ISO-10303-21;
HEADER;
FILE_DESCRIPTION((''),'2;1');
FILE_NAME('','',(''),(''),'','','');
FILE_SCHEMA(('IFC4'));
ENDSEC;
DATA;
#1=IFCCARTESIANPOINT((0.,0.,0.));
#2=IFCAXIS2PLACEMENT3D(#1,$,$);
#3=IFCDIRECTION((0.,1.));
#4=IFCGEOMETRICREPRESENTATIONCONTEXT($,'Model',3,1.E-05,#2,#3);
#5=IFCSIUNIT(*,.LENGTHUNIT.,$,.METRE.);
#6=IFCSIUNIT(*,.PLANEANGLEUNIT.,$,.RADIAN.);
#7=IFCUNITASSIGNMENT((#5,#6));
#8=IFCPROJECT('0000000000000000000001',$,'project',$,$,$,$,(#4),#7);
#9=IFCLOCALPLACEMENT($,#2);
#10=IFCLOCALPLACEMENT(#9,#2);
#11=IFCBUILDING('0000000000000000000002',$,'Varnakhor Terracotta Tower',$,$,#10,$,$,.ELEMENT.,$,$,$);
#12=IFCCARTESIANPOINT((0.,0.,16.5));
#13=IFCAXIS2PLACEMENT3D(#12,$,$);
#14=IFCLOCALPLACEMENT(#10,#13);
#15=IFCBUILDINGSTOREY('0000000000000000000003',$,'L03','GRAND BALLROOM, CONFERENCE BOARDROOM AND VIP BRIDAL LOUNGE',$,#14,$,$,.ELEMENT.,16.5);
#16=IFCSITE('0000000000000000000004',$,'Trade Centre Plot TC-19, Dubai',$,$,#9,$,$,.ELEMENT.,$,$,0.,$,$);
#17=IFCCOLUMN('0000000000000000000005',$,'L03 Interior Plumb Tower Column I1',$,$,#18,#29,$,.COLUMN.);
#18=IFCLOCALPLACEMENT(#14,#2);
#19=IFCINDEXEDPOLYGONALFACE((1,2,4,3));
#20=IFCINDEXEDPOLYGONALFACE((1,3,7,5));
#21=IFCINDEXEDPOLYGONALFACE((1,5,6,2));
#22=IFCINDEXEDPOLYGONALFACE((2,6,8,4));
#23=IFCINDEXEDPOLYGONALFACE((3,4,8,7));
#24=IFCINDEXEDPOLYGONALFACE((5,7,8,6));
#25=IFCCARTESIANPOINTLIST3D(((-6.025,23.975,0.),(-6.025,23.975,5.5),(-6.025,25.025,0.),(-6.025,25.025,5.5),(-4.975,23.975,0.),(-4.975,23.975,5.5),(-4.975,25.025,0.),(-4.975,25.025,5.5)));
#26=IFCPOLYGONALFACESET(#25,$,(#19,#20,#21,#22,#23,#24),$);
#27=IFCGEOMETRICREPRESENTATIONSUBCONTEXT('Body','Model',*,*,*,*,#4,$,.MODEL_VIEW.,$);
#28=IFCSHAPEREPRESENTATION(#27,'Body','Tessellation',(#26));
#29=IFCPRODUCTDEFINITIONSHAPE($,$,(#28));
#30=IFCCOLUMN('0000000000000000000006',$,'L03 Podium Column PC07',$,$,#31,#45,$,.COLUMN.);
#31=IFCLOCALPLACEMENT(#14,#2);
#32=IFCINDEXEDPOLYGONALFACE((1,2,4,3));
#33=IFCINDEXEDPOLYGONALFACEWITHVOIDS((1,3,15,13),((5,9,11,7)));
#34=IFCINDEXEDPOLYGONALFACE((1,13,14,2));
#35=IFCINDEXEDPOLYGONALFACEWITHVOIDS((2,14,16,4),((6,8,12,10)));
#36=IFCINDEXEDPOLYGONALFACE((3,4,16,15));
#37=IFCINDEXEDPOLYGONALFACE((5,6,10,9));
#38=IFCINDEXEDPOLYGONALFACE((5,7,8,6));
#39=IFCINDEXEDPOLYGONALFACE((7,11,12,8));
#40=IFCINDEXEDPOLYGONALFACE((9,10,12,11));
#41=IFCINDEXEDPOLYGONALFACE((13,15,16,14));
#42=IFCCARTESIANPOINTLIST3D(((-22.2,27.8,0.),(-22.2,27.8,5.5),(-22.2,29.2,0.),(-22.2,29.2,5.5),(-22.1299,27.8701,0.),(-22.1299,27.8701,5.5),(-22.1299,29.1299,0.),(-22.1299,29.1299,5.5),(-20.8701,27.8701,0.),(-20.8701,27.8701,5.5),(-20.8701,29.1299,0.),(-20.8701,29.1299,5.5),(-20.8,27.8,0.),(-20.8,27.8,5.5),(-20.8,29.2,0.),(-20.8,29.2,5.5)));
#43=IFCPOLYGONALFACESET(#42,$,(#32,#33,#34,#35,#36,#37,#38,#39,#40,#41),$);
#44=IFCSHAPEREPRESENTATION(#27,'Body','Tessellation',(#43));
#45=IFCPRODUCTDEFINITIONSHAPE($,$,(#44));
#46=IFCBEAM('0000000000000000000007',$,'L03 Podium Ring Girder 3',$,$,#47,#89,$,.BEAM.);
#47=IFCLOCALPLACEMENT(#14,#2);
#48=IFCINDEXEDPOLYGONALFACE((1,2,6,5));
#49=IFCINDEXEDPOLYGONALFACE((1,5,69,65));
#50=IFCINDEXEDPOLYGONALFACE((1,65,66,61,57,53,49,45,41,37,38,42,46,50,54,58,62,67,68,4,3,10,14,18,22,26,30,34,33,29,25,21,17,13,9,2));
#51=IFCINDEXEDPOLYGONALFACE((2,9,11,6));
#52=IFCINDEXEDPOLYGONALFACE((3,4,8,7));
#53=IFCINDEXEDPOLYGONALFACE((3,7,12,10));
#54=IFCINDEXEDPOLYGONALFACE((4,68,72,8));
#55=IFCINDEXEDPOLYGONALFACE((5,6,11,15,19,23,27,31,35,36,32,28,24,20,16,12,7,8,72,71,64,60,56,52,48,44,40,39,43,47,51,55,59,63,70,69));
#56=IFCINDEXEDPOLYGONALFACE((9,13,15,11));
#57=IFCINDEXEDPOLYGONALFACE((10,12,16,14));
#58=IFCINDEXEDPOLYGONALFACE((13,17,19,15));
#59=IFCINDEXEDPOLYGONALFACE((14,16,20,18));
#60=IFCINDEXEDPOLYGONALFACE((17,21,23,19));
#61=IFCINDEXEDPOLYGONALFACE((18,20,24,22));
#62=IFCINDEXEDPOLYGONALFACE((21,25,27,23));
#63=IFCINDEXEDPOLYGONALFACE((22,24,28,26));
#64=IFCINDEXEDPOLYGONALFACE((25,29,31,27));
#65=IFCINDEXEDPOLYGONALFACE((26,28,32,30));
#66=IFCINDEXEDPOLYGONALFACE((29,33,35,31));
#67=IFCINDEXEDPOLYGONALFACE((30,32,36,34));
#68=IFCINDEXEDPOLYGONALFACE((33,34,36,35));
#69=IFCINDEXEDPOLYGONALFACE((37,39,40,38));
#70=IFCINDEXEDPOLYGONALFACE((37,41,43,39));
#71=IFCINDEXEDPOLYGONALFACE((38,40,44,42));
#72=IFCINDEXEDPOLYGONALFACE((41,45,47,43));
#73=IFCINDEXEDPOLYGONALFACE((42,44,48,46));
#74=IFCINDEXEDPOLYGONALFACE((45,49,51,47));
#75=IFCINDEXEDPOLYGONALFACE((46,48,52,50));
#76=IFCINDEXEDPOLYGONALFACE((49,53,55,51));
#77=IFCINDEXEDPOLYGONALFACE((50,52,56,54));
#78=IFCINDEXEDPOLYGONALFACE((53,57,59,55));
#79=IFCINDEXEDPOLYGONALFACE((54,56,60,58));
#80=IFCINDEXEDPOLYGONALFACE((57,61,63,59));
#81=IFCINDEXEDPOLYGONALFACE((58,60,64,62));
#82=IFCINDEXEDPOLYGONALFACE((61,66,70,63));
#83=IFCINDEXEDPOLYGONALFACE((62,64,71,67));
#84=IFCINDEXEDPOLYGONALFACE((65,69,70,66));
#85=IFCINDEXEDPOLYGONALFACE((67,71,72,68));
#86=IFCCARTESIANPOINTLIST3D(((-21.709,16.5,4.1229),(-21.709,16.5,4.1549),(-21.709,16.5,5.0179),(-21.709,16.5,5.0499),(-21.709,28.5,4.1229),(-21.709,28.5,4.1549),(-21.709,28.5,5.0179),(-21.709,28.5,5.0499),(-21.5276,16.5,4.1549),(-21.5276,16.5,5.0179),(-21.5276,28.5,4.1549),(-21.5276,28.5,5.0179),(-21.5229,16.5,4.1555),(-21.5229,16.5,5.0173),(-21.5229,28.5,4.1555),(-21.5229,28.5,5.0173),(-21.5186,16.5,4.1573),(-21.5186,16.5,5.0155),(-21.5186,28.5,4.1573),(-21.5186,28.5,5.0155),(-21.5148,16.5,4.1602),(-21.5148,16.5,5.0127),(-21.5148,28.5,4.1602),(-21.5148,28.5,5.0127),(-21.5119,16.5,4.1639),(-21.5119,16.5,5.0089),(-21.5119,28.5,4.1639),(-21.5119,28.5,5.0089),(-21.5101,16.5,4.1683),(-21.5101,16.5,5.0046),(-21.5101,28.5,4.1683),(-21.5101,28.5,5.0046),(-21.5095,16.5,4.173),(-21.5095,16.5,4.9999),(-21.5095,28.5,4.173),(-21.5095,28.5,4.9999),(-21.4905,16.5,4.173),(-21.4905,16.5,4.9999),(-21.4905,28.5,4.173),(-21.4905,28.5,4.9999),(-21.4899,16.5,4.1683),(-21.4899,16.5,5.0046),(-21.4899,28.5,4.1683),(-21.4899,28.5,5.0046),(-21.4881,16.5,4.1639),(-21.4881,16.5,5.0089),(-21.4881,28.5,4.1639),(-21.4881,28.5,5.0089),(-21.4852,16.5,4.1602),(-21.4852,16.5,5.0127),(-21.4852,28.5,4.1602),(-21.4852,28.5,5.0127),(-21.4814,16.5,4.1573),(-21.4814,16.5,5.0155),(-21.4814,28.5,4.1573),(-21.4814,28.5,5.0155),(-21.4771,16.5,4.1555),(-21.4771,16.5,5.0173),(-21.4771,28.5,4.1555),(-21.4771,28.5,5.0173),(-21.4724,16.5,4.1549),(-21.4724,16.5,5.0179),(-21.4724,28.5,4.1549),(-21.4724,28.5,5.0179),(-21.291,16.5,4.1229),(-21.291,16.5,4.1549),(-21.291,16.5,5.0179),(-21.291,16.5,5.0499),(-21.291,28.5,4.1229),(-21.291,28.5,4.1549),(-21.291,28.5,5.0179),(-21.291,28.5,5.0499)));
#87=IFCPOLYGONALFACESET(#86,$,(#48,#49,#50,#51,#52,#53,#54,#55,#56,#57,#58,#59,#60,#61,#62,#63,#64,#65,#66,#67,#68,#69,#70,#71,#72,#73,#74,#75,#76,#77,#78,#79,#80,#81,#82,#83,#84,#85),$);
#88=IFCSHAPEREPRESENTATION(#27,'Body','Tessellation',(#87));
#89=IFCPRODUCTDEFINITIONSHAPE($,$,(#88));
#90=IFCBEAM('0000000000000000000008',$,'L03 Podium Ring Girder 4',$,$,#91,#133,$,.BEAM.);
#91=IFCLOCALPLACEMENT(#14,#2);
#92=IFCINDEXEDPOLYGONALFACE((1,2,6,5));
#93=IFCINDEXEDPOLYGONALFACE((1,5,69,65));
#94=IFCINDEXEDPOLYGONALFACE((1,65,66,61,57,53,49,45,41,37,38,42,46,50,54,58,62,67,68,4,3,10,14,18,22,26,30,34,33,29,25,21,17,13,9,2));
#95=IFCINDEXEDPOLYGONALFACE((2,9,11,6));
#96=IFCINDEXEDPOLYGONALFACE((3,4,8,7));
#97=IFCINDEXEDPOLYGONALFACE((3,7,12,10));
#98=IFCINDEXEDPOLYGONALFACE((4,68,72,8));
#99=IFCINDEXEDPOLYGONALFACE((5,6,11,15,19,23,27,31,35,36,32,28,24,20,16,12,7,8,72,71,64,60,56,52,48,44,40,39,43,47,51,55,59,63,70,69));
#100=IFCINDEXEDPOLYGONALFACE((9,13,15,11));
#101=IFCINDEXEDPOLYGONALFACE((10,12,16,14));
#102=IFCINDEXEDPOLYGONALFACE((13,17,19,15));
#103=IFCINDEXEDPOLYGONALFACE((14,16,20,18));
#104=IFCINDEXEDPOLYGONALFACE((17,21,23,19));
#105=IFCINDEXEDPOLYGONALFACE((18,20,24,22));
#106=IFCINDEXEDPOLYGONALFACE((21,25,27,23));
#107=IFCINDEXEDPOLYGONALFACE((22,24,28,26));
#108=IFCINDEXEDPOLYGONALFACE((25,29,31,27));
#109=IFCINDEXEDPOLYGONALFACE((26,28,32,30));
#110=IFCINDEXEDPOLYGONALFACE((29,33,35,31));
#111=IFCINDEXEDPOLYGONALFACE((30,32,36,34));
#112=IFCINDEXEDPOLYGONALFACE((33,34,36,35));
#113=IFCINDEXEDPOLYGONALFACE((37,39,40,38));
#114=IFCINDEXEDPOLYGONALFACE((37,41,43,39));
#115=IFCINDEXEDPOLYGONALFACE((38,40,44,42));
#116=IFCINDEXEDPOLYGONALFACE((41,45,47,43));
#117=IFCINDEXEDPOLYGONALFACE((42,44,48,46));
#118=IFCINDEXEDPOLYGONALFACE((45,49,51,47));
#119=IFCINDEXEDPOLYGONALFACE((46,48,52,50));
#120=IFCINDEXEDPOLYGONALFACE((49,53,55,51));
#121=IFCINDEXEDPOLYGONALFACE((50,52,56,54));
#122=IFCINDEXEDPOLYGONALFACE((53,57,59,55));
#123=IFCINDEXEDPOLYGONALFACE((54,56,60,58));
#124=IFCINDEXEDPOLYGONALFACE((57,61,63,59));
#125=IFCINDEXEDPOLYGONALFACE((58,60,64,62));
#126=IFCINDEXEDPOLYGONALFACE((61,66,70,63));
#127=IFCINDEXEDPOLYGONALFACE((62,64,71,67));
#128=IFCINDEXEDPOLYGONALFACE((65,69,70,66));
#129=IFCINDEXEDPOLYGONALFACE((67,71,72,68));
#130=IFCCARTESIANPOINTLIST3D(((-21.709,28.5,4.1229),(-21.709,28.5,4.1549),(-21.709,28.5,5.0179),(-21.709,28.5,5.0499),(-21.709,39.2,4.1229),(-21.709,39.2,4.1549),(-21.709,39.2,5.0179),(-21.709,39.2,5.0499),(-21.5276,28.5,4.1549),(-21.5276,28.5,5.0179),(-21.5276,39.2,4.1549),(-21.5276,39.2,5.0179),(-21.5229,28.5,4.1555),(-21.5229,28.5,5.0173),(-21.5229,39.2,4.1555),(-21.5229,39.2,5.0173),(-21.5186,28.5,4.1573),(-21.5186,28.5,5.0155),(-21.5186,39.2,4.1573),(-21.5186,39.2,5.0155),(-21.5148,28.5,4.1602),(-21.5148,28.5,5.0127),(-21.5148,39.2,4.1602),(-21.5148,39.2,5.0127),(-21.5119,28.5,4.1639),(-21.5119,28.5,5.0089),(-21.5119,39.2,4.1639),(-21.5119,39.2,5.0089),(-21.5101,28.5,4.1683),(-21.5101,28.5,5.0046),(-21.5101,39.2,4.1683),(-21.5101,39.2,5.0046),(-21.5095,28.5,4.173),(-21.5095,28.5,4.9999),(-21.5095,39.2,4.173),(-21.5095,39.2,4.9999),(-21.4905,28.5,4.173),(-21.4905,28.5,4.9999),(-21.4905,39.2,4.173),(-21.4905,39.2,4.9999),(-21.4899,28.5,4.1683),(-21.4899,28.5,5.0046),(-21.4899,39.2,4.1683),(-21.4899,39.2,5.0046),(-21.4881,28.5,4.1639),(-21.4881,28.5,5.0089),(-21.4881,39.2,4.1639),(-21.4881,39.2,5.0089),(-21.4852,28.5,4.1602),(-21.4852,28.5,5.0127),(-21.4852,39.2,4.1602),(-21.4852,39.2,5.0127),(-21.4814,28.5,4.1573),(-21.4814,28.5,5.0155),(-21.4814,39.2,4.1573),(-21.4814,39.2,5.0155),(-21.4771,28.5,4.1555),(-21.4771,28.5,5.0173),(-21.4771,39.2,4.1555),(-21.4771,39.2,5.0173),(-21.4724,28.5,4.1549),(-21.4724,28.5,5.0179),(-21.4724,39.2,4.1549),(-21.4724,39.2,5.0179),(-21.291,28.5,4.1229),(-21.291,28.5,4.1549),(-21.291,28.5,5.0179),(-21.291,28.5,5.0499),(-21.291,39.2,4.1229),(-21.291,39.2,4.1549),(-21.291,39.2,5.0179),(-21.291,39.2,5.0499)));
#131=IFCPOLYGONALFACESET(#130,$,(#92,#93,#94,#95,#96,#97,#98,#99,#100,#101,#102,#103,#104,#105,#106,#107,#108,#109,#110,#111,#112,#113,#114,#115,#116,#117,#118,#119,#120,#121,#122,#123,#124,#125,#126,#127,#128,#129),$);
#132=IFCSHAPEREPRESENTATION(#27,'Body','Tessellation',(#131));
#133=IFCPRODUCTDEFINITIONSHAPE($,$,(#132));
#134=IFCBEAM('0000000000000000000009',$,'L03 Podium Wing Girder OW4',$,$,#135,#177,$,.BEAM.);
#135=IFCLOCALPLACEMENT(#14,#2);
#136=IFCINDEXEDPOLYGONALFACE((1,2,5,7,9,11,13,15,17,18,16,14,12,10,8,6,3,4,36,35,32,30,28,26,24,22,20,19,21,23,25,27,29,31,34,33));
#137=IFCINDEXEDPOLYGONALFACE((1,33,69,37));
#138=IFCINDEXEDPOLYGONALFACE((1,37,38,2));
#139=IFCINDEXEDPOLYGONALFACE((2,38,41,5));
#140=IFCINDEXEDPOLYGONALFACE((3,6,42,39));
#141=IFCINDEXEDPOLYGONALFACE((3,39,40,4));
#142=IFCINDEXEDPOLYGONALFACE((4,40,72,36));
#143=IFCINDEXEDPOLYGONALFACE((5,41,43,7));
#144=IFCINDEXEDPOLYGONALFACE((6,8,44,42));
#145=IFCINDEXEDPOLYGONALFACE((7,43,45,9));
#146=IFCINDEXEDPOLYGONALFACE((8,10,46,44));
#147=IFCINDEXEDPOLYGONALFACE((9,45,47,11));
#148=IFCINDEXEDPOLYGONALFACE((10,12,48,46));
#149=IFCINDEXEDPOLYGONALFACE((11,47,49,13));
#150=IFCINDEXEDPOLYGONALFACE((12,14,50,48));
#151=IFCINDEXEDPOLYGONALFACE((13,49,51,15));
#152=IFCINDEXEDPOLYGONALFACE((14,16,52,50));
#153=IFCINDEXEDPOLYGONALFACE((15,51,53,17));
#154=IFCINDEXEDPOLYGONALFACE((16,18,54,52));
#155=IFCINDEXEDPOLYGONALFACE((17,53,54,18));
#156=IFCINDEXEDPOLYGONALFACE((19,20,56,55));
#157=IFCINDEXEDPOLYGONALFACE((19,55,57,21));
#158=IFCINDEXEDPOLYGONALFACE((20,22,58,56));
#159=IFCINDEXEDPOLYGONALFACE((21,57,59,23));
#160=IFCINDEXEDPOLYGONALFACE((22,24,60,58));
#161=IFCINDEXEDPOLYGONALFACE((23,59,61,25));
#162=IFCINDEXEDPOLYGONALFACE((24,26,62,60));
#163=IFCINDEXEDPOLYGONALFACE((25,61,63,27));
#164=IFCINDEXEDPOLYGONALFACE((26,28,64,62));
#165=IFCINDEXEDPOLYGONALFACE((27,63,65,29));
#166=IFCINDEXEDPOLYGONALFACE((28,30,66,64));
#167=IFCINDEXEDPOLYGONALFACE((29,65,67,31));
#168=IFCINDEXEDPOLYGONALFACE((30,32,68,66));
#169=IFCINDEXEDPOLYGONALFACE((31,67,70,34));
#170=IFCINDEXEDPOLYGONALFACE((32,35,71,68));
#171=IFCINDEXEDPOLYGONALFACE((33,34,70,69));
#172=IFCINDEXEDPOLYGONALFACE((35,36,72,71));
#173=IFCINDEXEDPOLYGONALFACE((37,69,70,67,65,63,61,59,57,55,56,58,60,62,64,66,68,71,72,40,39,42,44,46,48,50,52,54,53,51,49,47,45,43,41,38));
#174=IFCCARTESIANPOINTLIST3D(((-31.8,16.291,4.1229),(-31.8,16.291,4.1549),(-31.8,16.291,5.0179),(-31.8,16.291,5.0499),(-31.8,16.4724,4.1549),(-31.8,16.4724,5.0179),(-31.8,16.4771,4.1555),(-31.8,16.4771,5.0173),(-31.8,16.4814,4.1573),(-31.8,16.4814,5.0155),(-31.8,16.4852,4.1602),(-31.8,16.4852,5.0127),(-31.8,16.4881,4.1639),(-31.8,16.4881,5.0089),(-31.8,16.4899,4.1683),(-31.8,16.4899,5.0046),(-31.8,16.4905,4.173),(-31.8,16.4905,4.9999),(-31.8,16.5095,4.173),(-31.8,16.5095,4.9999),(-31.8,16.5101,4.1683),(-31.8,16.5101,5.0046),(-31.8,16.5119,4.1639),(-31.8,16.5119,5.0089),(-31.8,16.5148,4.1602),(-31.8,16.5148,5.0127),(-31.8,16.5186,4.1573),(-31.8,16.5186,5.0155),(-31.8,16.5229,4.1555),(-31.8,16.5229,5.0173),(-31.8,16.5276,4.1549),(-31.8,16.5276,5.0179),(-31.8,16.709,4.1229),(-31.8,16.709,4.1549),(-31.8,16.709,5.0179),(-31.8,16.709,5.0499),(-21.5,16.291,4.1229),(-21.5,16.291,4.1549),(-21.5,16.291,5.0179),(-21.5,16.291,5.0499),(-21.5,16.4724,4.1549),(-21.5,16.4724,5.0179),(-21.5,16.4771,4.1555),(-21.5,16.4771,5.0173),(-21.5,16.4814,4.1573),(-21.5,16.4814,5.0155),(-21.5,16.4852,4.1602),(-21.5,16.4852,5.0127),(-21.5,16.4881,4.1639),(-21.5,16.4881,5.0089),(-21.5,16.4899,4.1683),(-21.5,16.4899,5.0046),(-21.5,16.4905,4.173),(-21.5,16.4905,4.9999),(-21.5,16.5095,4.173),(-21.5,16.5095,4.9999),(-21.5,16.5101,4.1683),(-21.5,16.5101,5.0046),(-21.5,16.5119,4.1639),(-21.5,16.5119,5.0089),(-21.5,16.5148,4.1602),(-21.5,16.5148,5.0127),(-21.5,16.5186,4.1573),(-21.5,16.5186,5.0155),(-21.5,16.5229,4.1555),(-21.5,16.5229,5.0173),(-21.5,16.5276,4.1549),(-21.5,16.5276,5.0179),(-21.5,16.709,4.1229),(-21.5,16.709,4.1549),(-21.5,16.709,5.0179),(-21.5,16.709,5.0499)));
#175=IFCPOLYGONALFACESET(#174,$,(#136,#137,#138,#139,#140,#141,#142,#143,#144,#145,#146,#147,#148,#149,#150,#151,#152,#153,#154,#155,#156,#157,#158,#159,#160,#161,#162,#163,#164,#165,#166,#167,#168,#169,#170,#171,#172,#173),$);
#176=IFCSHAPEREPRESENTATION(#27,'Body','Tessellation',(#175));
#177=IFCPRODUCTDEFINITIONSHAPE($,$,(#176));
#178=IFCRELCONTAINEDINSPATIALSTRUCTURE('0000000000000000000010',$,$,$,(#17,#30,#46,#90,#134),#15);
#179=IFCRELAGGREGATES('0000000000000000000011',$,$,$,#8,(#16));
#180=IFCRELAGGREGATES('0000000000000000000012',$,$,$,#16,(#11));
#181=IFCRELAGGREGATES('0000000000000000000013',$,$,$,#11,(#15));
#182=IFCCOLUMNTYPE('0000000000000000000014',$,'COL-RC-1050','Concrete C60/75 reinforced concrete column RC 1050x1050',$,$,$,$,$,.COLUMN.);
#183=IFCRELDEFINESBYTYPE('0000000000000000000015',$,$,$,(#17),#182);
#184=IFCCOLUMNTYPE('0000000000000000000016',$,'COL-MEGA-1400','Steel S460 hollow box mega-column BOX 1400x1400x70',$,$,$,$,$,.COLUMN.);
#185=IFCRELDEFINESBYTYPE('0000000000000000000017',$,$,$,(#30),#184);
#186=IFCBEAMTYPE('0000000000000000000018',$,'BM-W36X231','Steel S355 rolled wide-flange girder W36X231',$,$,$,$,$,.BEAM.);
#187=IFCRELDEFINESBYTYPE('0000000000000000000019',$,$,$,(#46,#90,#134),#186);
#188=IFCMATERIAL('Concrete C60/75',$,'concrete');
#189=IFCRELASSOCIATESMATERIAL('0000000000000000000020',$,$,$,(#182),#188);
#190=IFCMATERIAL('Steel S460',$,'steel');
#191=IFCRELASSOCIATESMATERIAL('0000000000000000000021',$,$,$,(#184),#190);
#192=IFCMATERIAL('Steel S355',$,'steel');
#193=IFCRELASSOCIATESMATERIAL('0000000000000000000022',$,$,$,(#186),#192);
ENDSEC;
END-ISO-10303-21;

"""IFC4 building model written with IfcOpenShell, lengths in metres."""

from ifc_helpers import new_model, si_unit, direction, frame, origin, origin_2d, place, context, subcontext, project, spatial, rectangle, hollow_rectangle, i_section, extrude, source, transform, mapped, material, material_profile, profile_set, type_object, type_shapes, element, save


model = new_model("IFC4")

# Units and contexts
model_context = context("Model", 3, precision=1e-05, world=origin(), true_north=direction((0.0, 1.0)))
body_context = subcontext(model_context, "Body", "Model", "MODEL_VIEW")
ifc_project = project(units=[si_unit("LENGTHUNIT", "METRE"), si_unit("PLANEANGLEUNIT", "RADIAN")], contexts=[model_context])

# Site, building, storey
site_placement = place(None, origin())
site = spatial("IfcSite", under=ifc_project, at=site_placement, Name="Trade Centre Plot TC-19, Dubai", CompositionType="ELEMENT", RefElevation=0.0)
building_placement = place(site_placement, origin())
building = spatial("IfcBuilding", under=site, at=building_placement, Name="Varnakhor Terracotta Tower", CompositionType="ELEMENT")
storey_placement = place(building_placement, frame((0.0, 0.0, 16.5)))
storey = spatial("IfcBuildingStorey", under=building, at=storey_placement, Name="L03", Description="GRAND BALLROOM, CONFERENCE BOARDROOM AND VIP BRIDAL LOUNGE", CompositionType="ELEMENT", Elevation=16.5)

# Columns
ifc_material_1 = material(Name="Concrete C60/75", Category="concrete")
ifc_material_profile_1 = material_profile(ifc_material_1, rectangle(XDim=1.05, YDim=1.05, at=origin_2d()), Name="RC 1050x1050")
ifc_profile_set_1 = profile_set([ifc_material_profile_1], Name="Concrete C60/75")
column_type_1 = type_object("IfcColumnType", Name="COL-RC-1050", Description="Concrete C60/75 reinforced concrete column RC 1050x1050", PredefinedType="COLUMN", material=ifc_profile_set_1)
shared_shape_1 = source(origin(), body_context, "Body", "SweptSolid", [
    extrude(rectangle(XDim=1.05, YDim=1.05, at=origin_2d()), origin(), (0.0, 0.0, 1.0), 5.5),
])
type_shapes(column_type_1, [shared_shape_1])
column_1_placement = place(storey_placement, frame((-5.5, 24.5, 0.0), z_axis=(0.0, 0.0, 1.0), x_axis=(1.0, 0.0, 0.0)))
element("IfcColumn", 1, at=column_1_placement, inside=storey, type_object=column_type_1, Name="L03 Interior Plumb Tower Column I1", PredefinedType="COLUMN", context=body_context, shape_type="MappedRepresentation", body=[
    mapped(shared_shape_1, transform((0.0, 0.0, 0.0), scale=1.0)),
])
ifc_material_2 = material(Name="Steel S460", Category="steel")
ifc_material_profile_2 = material_profile(ifc_material_2, hollow_rectangle(XDim=1.3999, YDim=1.3999, WallThickness=0.0701, at=origin_2d()), Name="BOX 1400x1400x70")
ifc_profile_set_2 = profile_set([ifc_material_profile_2], Name="Steel S460")
column_type_2 = type_object("IfcColumnType", Name="COL-MEGA-1400", Description="Steel S460 hollow box mega-column BOX 1400x1400x70", PredefinedType="COLUMN", material=ifc_profile_set_2)
shared_shape_2 = source(origin(), body_context, "Body", "SweptSolid", [
    extrude(hollow_rectangle(XDim=1.3999, YDim=1.3999, WallThickness=0.0701, at=origin_2d()), origin(), (0.0, 0.0, 1.0), 5.5),
])
column_2_placement = place(storey_placement, frame((-21.5, 28.5, 0.0), z_axis=(0.0, 0.0, 1.0), x_axis=(1.0, 0.0, 0.0)))
element("IfcColumn", 2, at=column_2_placement, inside=storey, type_object=column_type_2, Name="L03 Podium Column PC07", PredefinedType="COLUMN", context=body_context, shape_type="MappedRepresentation", body=[
    mapped(shared_shape_2, transform((0.0, 0.0, 0.0), scale=1.0)),
])

# Beams
ifc_material_3 = material(Name="Steel S355", Category="steel")
ifc_material_profile_3 = material_profile(ifc_material_3, i_section(OverallWidth=0.418, OverallDepth=0.927, WebThickness=0.019, FlangeThickness=0.032, FilletRadius=0.0181, at=origin_2d()), Name="W36X231")
ifc_profile_set_3 = profile_set([ifc_material_profile_3], Name="Steel S355")
beam_type_1 = type_object("IfcBeamType", Name="BM-W36X231", Description="Steel S355 rolled wide-flange girder W36X231", PredefinedType="BEAM", material=ifc_profile_set_3)
shared_shape_3 = source(origin(), body_context, "Body", "SweptSolid", [
    extrude(i_section(OverallWidth=0.418, OverallDepth=0.927, WebThickness=0.019, FlangeThickness=0.032, FilletRadius=0.0181, at=origin_2d()), origin(), (0.0, 0.0, 1.0), 12.0),
])
beam_1_placement = place(storey_placement, frame((-21.5, 16.5, 4.5864), z_axis=(0.0, 1.0, 0.0), x_axis=(-1.0, 0.0, 0.0)))
element("IfcBeam", 3, at=beam_1_placement, inside=storey, type_object=beam_type_1, Name="L03 Podium Ring Girder 3", PredefinedType="BEAM", context=body_context, shape_type="MappedRepresentation", body=[
    mapped(shared_shape_3, transform((0.0, 0.0, 0.0), scale=1.0)),
])
shared_shape_4 = source(origin(), body_context, "Body", "SweptSolid", [
    extrude(i_section(OverallWidth=0.418, OverallDepth=0.927, WebThickness=0.019, FlangeThickness=0.032, FilletRadius=0.0181, at=origin_2d()), origin(), (0.0, 0.0, 1.0), 10.7),
])
beam_2_placement = place(storey_placement, frame((-21.5, 28.5, 4.5864), z_axis=(0.0, 1.0, 0.0), x_axis=(-1.0, 0.0, 0.0)))
element("IfcBeam", 4, at=beam_2_placement, inside=storey, type_object=beam_type_1, Name="L03 Podium Ring Girder 4", PredefinedType="BEAM", context=body_context, shape_type="MappedRepresentation", body=[
    mapped(shared_shape_4, transform((0.0, 0.0, 0.0), scale=1.0)),
])
shared_shape_5 = source(origin(), body_context, "Body", "SweptSolid", [
    extrude(i_section(OverallWidth=0.418, OverallDepth=0.927, WebThickness=0.019, FlangeThickness=0.032, FilletRadius=0.0181, at=origin_2d()), origin(), (0.0, 0.0, 1.0), 10.3),
])
beam_3_placement = place(storey_placement, frame((-21.5, 16.5, 4.5864), z_axis=(-1.0, 0.0, 0.0), x_axis=(0.0, -1.0, 0.0)))
element("IfcBeam", 5, at=beam_3_placement, inside=storey, type_object=beam_type_1, Name="L03 Podium Wing Girder OW4", PredefinedType="BEAM", context=body_context, shape_type="MappedRepresentation", body=[
    mapped(shared_shape_5, transform((0.0, 0.0, 0.0), scale=1.0)),
])

save(model, "model.ifc")
